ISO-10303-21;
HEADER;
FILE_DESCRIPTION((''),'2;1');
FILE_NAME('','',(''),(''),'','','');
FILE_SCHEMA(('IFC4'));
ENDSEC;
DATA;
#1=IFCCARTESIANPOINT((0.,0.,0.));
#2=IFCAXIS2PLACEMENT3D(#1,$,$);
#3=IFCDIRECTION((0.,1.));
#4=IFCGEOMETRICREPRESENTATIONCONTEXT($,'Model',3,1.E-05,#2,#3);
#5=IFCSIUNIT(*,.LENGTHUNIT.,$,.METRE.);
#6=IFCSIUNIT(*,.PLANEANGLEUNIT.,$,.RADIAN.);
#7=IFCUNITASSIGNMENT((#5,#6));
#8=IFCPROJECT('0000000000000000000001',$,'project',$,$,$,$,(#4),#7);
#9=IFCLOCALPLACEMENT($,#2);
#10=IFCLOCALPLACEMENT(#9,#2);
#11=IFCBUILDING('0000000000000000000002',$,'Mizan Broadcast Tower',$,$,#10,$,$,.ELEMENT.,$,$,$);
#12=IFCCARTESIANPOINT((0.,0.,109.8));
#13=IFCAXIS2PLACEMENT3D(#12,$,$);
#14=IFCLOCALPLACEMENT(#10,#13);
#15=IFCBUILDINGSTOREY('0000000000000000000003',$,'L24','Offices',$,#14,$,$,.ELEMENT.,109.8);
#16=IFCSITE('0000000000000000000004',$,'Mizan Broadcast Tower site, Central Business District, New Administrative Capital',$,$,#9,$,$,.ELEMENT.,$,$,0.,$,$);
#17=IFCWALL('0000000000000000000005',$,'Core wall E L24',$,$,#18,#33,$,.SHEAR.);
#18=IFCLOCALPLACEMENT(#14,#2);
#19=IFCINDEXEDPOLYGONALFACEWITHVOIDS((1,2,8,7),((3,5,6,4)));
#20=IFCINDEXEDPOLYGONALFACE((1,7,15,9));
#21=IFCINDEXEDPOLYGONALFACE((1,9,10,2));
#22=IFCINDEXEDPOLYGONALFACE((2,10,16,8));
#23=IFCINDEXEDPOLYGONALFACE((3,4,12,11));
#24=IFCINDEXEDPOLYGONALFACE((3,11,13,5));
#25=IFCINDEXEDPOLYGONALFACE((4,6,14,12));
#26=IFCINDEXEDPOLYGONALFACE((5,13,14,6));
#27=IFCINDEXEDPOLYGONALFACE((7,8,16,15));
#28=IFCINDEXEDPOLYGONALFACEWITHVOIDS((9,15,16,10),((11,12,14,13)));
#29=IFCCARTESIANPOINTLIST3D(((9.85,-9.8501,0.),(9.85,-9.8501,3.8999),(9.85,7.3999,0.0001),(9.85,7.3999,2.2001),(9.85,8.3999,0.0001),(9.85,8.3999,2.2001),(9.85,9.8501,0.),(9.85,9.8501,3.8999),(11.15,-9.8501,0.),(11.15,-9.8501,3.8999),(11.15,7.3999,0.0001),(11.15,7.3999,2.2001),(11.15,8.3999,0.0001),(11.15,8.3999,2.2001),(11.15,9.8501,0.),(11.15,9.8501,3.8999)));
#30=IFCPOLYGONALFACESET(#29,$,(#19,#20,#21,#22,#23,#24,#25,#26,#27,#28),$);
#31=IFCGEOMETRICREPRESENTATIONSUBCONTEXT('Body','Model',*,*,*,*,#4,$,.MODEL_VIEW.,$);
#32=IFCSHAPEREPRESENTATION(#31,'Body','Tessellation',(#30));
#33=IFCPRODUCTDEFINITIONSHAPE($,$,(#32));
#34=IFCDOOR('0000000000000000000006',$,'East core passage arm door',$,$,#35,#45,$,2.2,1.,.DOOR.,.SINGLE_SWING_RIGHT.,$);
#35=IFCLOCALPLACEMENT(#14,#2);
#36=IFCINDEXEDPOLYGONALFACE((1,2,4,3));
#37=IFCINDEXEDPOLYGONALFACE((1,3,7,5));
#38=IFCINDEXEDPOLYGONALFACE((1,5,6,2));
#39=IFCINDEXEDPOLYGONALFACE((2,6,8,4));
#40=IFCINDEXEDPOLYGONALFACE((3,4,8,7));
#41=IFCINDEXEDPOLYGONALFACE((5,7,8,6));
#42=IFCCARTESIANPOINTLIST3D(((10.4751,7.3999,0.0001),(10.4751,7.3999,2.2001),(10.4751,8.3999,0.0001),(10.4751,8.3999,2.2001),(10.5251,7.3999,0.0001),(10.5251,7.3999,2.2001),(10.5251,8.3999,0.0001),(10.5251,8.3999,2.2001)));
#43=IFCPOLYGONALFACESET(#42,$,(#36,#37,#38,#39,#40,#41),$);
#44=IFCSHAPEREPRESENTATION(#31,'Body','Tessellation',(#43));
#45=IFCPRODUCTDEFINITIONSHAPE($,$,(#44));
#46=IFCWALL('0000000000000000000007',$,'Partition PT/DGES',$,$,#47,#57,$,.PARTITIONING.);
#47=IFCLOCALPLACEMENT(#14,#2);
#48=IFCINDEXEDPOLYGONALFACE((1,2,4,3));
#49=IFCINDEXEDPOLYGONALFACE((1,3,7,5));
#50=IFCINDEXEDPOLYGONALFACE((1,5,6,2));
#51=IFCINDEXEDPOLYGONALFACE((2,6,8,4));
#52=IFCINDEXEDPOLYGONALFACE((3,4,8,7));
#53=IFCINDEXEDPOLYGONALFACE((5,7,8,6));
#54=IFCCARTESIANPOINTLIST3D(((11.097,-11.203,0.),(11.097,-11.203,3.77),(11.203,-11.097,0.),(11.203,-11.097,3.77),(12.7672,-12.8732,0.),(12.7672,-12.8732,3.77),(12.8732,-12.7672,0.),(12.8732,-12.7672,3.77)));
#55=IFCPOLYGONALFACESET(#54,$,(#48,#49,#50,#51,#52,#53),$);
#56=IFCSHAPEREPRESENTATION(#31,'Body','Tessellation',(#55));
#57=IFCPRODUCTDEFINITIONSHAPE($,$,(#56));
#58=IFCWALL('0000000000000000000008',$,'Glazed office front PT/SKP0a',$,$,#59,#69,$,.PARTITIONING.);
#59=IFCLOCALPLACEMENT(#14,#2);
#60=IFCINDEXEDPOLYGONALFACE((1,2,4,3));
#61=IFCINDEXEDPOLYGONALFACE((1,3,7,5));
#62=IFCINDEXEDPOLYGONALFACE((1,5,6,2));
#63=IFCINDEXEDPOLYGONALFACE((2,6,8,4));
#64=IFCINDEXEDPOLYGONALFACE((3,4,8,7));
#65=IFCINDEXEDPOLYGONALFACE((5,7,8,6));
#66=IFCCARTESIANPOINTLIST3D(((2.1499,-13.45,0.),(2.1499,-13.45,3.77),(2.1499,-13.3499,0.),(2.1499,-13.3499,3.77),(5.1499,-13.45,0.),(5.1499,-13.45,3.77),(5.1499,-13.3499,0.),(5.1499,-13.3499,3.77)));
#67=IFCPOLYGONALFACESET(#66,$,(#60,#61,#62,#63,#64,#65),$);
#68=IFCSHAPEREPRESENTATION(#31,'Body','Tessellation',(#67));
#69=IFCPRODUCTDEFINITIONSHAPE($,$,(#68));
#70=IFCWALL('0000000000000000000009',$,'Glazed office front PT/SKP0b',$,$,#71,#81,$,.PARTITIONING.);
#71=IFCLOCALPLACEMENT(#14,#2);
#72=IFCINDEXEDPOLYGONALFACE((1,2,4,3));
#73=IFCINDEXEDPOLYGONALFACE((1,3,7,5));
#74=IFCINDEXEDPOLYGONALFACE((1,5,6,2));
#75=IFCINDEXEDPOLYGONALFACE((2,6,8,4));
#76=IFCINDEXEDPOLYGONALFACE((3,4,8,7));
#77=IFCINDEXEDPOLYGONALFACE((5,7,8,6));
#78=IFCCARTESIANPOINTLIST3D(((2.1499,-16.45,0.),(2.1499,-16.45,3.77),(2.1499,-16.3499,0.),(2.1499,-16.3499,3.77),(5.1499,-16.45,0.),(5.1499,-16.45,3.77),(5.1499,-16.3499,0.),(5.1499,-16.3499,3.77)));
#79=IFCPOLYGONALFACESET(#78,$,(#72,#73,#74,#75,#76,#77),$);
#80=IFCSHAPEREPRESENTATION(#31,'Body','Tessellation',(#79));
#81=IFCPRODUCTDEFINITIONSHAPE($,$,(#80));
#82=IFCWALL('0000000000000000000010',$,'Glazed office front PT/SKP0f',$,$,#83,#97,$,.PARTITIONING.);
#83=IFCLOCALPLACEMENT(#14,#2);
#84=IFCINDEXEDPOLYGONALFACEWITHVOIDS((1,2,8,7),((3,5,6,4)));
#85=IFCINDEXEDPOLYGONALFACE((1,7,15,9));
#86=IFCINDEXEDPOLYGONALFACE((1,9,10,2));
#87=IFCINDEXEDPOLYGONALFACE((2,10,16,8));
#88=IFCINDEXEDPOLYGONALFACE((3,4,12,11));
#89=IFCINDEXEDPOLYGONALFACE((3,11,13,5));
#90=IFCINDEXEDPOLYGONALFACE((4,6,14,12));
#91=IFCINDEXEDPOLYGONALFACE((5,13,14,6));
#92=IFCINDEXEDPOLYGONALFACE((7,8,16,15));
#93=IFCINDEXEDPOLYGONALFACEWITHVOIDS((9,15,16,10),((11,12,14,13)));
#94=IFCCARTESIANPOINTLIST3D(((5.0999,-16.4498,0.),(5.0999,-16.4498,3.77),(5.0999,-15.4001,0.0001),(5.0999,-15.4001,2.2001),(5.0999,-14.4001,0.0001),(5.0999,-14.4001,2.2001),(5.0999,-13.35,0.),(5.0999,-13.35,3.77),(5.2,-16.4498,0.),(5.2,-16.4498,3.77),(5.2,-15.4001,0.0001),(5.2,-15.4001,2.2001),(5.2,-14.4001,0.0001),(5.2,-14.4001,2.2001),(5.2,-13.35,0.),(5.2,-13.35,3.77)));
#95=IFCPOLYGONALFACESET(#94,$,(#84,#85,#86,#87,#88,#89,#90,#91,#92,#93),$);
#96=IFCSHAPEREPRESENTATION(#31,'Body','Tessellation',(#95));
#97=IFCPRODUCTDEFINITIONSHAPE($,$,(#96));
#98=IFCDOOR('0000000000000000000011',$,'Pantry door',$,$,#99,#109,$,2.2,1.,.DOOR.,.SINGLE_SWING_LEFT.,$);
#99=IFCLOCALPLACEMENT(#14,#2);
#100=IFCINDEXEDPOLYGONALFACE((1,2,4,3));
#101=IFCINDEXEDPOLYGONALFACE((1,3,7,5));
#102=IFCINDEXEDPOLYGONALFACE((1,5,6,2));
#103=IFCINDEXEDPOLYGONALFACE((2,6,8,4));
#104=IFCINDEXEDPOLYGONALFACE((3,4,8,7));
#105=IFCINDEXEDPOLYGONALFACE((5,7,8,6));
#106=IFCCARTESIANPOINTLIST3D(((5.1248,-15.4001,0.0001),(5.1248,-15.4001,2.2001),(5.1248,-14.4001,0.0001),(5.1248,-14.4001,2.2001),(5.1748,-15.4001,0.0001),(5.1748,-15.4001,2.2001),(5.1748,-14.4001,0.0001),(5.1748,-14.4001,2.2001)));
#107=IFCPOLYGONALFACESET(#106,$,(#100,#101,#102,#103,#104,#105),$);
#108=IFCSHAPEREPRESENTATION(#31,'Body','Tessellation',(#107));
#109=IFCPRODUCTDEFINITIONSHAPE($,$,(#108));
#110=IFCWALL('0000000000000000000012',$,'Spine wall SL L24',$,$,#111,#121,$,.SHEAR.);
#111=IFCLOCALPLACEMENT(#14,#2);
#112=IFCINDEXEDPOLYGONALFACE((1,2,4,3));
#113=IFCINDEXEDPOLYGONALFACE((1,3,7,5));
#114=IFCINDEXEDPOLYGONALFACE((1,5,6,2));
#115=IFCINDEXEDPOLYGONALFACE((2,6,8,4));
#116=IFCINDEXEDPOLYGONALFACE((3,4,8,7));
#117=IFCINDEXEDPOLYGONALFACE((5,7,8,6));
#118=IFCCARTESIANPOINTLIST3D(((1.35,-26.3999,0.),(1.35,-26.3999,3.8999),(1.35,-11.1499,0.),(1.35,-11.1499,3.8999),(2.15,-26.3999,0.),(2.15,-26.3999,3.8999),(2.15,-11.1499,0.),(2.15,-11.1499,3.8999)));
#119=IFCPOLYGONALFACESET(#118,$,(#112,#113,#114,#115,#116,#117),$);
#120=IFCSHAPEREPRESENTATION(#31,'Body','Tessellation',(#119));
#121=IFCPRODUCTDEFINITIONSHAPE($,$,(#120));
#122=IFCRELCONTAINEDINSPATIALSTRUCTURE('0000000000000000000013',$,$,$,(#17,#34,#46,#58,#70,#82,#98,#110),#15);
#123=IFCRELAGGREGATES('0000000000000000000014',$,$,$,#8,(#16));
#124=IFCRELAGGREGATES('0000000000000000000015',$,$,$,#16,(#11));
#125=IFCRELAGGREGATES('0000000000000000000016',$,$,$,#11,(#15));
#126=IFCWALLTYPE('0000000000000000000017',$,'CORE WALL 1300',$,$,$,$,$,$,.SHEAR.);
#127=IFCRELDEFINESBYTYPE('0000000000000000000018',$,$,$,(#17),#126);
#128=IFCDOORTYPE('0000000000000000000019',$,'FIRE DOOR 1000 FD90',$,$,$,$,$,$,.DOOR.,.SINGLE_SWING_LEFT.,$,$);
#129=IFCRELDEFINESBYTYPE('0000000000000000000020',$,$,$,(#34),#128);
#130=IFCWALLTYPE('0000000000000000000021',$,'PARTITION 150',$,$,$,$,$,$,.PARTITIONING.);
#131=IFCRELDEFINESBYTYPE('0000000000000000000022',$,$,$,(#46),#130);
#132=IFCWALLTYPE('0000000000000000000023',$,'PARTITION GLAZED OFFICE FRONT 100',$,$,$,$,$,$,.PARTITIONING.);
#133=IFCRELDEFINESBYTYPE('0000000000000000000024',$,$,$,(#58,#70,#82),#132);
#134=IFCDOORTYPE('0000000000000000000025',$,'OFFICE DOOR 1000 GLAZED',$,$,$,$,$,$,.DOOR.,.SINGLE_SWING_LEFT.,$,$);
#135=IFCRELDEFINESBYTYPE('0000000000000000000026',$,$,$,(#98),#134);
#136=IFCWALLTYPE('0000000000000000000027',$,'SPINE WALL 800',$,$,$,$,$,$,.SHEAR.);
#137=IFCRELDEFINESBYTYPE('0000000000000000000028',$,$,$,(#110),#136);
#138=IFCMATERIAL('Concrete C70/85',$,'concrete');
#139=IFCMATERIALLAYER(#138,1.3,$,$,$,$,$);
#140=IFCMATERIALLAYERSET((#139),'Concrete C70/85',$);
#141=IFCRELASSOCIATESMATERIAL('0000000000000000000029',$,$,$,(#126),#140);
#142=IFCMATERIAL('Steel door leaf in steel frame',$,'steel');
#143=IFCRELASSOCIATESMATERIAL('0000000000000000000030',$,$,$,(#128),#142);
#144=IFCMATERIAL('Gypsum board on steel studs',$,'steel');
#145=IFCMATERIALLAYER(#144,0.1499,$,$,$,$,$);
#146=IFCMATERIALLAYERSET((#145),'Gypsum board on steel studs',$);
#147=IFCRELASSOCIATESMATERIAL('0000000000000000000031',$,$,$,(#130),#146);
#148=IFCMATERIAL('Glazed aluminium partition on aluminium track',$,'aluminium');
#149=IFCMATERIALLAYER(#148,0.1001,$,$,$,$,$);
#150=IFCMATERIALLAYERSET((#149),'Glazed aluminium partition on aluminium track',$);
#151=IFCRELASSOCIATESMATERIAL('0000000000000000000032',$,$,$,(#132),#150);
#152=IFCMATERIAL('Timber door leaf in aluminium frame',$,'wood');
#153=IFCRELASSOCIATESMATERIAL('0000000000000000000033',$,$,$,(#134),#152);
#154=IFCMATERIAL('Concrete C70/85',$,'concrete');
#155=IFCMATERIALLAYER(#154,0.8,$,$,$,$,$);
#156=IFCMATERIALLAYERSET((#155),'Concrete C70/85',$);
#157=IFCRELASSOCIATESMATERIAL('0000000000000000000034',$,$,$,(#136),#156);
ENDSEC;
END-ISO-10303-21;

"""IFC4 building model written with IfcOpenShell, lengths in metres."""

from ifc_helpers import new_model, si_unit, direction, frame, frame_2d, origin, place, context, subcontext, project, spatial, rectangle, extrude, material, layer, layer_set, type_object, element, fill, save


model = new_model("IFC4")

# Units and contexts
model_context = context("Model", 3, precision=1e-05, world=origin(), true_north=direction((0.0, 1.0)))
body_context = subcontext(model_context, "Body", "Model", "MODEL_VIEW")
ifc_project = project(units=[si_unit("LENGTHUNIT", "METRE"), si_unit("PLANEANGLEUNIT", "RADIAN")], contexts=[model_context])

# Site, building, storey
site_placement = place(None, origin())
site = spatial("IfcSite", under=ifc_project, at=site_placement, Name="Mizan Broadcast Tower site, Central Business District, New Administrative Capital", CompositionType="ELEMENT", RefElevation=0.0)
building_placement = place(site_placement, origin())
building = spatial("IfcBuilding", under=site, at=building_placement, Name="Mizan Broadcast Tower", CompositionType="ELEMENT")
storey_placement = place(building_placement, frame((0.0, 0.0, 109.8)))
storey = spatial("IfcBuildingStorey", under=building, at=storey_placement, Name="L24", Description="Offices", CompositionType="ELEMENT", Elevation=109.8)

# Shared definitions
ifc_material_1 = material(Name="Concrete C70/85", Category="concrete")
ifc_layer_1 = layer(ifc_material_1, 1.3)
ifc_layer_set_1 = layer_set([ifc_layer_1], Name="Concrete C70/85")
wall_type_1 = type_object("IfcWallType", Name="CORE WALL 1300", PredefinedType="SHEAR", material=ifc_layer_set_1)

# Wall, opening, door
wall_1_placement = place(storey_placement, frame((10.5, -9.8501, 0.0), z_axis=(0.0, 0.0, 1.0), x_axis=(0.0, 1.0, 0.0)))
wall_1 = element("IfcWall", 1, at=wall_1_placement, inside=storey, type_object=wall_type_1, Name="Core wall E L24", PredefinedType="SHEAR", context=body_context, shape_type="SweptSolid", body=[
    extrude(rectangle(XDim=19.7002, YDim=1.3, at=frame_2d((9.8501, 0.0))), origin(), (0.0, 0.0, 1.0), 3.8999),
])
opening_1_placement = place(wall_1_placement, frame((17.25, 0.0, 0.0)))
opening_1 = element("IfcOpeningElement", 2, at=opening_1_placement, cuts=wall_1, PredefinedType="OPENING", context=body_context, shape_type="SweptSolid", body=[
    extrude(rectangle(XDim=1.0, YDim=2.2, at=frame_2d((0.5, 1.1001))), frame((0.0, 0.6599, 0.0), z_axis=(0.0, -1.0, 0.0), x_axis=(1.0, 0.0, 0.0)), (0.0, 0.0, 1.0), 1.3201),
])
ifc_material_2 = material(Name="Steel door leaf in steel frame", Category="steel")
door_type_1 = type_object("IfcDoorType", Name="FIRE DOOR 1000 FD90", OperationType="SINGLE_SWING_LEFT", PredefinedType="DOOR", material=ifc_material_2)
door_1_placement = place(opening_1_placement, origin())
door_1 = element("IfcDoor", 3, at=door_1_placement, inside=storey, type_object=door_type_1, Name="East core passage arm door", OperationType="SINGLE_SWING_RIGHT", OverallHeight=2.2, OverallWidth=1.0, PredefinedType="DOOR", context=body_context, shape_type="SweptSolid", body=[
    extrude(rectangle(XDim=1.0, YDim=2.2, at=frame_2d((0.5, 1.1001))), frame((0.0, 0.0249, 0.0), z_axis=(0.0, -1.0, 0.0), x_axis=(1.0, 0.0, 0.0)), (0.0, 0.0, 1.0), 0.05),
])
fill(opening_1, door_1)

# Walls
ifc_material_3 = material(Name="Gypsum board on steel studs", Category="steel")
ifc_layer_2 = layer(ifc_material_3, 0.1499)
ifc_layer_set_2 = layer_set([ifc_layer_2], Name="Gypsum board on steel studs")
wall_type_2 = type_object("IfcWallType", Name="PARTITION 150", PredefinedType="PARTITIONING", material=ifc_layer_set_2)
wall_2_placement = place(storey_placement, frame((11.1499, -11.1499, 0.0), z_axis=(0.0, 0.0, 1.0), x_axis=(0.707107, -0.707107, 0.0)))
element("IfcWall", 4, at=wall_2_placement, inside=storey, type_object=wall_type_2, Name="Partition PT/DGES", PredefinedType="PARTITIONING", context=body_context, shape_type="SweptSolid", body=[
    extrude(rectangle(XDim=2.3621, YDim=0.1499, at=frame_2d((1.1812, 0.0))), origin(), (0.0, 0.0, 1.0), 3.77),
])
ifc_material_4 = material(Name="Glazed aluminium partition on aluminium track", Category="aluminium")
ifc_layer_3 = layer(ifc_material_4, 0.1001)
ifc_layer_set_3 = layer_set([ifc_layer_3], Name="Glazed aluminium partition on aluminium track")
wall_type_3 = type_object("IfcWallType", Name="PARTITION GLAZED OFFICE FRONT 100", PredefinedType="PARTITIONING", material=ifc_layer_set_3)
for number, where, z_axis, x_axis, name in (
    (5, (2.1499, -13.3999, 0.0), (0.0, 0.0, 1.0), (1.0, 0.0, 0.0), "Glazed office front PT/SKP0a"),
    (6, (2.1499, -16.3999, 0.0), (0.0, 0.0, 1.0), (1.0, 0.0, 0.0), "Glazed office front PT/SKP0b"),
):
    element("IfcWall", number, at=place(storey_placement, frame(where, z_axis=z_axis, x_axis=x_axis)), inside=storey, type_object=wall_type_3, Name=name, PredefinedType="PARTITIONING", context=body_context, shape_type="SweptSolid", body=[
        extrude(rectangle(XDim=3.0, YDim=0.1001, at=frame_2d((1.5, 0.0))), origin(), (0.0, 0.0, 1.0), 3.77),
    ])

# Wall, opening, door
wall_3_placement = place(storey_placement, frame((5.1499, -13.3501, 0.0), z_axis=(0.0, 0.0, 1.0), x_axis=(0.0, -1.0, 0.0)))
wall_3 = element("IfcWall", 7, at=wall_3_placement, inside=storey, type_object=wall_type_3, Name="Glazed office front PT/SKP0f", PredefinedType="PARTITIONING", context=body_context, shape_type="SweptSolid", body=[
    extrude(rectangle(XDim=3.0999, YDim=0.1001, at=frame_2d((1.5498, 0.0))), origin(), (0.0, 0.0, 1.0), 3.77),
])
opening_2_placement = place(wall_3_placement, frame((1.05, 0.0, 0.0)))
opening_2 = element("IfcOpeningElement", 8, at=opening_2_placement, cuts=wall_3, PredefinedType="OPENING", context=body_context, shape_type="SweptSolid", body=[
    extrude(rectangle(XDim=1.0, YDim=2.2, at=frame_2d((0.5, 1.1001))), frame((0.0, 0.0601, 0.0), z_axis=(0.0, -1.0, 0.0), x_axis=(1.0, 0.0, 0.0)), (0.0, 0.0, 1.0), 0.1201),
])
ifc_material_5 = material(Name="Timber door leaf in aluminium frame", Category="wood")
door_type_2 = type_object("IfcDoorType", Name="OFFICE DOOR 1000 GLAZED", OperationType="SINGLE_SWING_LEFT", PredefinedType="DOOR", material=ifc_material_5)
door_2_placement = place(opening_2_placement, origin())
door_2 = element("IfcDoor", 9, at=door_2_placement, inside=storey, type_object=door_type_2, Name="Pantry door", OperationType="SINGLE_SWING_LEFT", OverallHeight=2.2, OverallWidth=1.0, PredefinedType="DOOR", context=body_context, shape_type="SweptSolid", body=[
    extrude(rectangle(XDim=1.0, YDim=2.2, at=frame_2d((0.5, 1.1001))), frame((0.0, 0.0249, 0.0), z_axis=(0.0, -1.0, 0.0), x_axis=(1.0, 0.0, 0.0)), (0.0, 0.0, 1.0), 0.05),
])
fill(opening_2, door_2)

# Wall
ifc_material_6 = material(Name="Concrete C70/85", Category="concrete")
ifc_layer_4 = layer(ifc_material_6, 0.8)
ifc_layer_set_4 = layer_set([ifc_layer_4], Name="Concrete C70/85")
wall_type_4 = type_object("IfcWallType", Name="SPINE WALL 800", PredefinedType="SHEAR", material=ifc_layer_set_4)
wall_4_placement = place(storey_placement, frame((1.75, -11.1499, 0.0), z_axis=(0.0, 0.0, 1.0), x_axis=(0.0, -1.0, 0.0)))
element("IfcWall", 10, at=wall_4_placement, inside=storey, type_object=wall_type_4, Name="Spine wall SL L24", PredefinedType="SHEAR", context=body_context, shape_type="SweptSolid", body=[
    extrude(rectangle(XDim=15.25, YDim=0.8, at=frame_2d((7.625, 0.0))), origin(), (0.0, 0.0, 1.0), 3.8999),
])

save(model, "model.ifc")
